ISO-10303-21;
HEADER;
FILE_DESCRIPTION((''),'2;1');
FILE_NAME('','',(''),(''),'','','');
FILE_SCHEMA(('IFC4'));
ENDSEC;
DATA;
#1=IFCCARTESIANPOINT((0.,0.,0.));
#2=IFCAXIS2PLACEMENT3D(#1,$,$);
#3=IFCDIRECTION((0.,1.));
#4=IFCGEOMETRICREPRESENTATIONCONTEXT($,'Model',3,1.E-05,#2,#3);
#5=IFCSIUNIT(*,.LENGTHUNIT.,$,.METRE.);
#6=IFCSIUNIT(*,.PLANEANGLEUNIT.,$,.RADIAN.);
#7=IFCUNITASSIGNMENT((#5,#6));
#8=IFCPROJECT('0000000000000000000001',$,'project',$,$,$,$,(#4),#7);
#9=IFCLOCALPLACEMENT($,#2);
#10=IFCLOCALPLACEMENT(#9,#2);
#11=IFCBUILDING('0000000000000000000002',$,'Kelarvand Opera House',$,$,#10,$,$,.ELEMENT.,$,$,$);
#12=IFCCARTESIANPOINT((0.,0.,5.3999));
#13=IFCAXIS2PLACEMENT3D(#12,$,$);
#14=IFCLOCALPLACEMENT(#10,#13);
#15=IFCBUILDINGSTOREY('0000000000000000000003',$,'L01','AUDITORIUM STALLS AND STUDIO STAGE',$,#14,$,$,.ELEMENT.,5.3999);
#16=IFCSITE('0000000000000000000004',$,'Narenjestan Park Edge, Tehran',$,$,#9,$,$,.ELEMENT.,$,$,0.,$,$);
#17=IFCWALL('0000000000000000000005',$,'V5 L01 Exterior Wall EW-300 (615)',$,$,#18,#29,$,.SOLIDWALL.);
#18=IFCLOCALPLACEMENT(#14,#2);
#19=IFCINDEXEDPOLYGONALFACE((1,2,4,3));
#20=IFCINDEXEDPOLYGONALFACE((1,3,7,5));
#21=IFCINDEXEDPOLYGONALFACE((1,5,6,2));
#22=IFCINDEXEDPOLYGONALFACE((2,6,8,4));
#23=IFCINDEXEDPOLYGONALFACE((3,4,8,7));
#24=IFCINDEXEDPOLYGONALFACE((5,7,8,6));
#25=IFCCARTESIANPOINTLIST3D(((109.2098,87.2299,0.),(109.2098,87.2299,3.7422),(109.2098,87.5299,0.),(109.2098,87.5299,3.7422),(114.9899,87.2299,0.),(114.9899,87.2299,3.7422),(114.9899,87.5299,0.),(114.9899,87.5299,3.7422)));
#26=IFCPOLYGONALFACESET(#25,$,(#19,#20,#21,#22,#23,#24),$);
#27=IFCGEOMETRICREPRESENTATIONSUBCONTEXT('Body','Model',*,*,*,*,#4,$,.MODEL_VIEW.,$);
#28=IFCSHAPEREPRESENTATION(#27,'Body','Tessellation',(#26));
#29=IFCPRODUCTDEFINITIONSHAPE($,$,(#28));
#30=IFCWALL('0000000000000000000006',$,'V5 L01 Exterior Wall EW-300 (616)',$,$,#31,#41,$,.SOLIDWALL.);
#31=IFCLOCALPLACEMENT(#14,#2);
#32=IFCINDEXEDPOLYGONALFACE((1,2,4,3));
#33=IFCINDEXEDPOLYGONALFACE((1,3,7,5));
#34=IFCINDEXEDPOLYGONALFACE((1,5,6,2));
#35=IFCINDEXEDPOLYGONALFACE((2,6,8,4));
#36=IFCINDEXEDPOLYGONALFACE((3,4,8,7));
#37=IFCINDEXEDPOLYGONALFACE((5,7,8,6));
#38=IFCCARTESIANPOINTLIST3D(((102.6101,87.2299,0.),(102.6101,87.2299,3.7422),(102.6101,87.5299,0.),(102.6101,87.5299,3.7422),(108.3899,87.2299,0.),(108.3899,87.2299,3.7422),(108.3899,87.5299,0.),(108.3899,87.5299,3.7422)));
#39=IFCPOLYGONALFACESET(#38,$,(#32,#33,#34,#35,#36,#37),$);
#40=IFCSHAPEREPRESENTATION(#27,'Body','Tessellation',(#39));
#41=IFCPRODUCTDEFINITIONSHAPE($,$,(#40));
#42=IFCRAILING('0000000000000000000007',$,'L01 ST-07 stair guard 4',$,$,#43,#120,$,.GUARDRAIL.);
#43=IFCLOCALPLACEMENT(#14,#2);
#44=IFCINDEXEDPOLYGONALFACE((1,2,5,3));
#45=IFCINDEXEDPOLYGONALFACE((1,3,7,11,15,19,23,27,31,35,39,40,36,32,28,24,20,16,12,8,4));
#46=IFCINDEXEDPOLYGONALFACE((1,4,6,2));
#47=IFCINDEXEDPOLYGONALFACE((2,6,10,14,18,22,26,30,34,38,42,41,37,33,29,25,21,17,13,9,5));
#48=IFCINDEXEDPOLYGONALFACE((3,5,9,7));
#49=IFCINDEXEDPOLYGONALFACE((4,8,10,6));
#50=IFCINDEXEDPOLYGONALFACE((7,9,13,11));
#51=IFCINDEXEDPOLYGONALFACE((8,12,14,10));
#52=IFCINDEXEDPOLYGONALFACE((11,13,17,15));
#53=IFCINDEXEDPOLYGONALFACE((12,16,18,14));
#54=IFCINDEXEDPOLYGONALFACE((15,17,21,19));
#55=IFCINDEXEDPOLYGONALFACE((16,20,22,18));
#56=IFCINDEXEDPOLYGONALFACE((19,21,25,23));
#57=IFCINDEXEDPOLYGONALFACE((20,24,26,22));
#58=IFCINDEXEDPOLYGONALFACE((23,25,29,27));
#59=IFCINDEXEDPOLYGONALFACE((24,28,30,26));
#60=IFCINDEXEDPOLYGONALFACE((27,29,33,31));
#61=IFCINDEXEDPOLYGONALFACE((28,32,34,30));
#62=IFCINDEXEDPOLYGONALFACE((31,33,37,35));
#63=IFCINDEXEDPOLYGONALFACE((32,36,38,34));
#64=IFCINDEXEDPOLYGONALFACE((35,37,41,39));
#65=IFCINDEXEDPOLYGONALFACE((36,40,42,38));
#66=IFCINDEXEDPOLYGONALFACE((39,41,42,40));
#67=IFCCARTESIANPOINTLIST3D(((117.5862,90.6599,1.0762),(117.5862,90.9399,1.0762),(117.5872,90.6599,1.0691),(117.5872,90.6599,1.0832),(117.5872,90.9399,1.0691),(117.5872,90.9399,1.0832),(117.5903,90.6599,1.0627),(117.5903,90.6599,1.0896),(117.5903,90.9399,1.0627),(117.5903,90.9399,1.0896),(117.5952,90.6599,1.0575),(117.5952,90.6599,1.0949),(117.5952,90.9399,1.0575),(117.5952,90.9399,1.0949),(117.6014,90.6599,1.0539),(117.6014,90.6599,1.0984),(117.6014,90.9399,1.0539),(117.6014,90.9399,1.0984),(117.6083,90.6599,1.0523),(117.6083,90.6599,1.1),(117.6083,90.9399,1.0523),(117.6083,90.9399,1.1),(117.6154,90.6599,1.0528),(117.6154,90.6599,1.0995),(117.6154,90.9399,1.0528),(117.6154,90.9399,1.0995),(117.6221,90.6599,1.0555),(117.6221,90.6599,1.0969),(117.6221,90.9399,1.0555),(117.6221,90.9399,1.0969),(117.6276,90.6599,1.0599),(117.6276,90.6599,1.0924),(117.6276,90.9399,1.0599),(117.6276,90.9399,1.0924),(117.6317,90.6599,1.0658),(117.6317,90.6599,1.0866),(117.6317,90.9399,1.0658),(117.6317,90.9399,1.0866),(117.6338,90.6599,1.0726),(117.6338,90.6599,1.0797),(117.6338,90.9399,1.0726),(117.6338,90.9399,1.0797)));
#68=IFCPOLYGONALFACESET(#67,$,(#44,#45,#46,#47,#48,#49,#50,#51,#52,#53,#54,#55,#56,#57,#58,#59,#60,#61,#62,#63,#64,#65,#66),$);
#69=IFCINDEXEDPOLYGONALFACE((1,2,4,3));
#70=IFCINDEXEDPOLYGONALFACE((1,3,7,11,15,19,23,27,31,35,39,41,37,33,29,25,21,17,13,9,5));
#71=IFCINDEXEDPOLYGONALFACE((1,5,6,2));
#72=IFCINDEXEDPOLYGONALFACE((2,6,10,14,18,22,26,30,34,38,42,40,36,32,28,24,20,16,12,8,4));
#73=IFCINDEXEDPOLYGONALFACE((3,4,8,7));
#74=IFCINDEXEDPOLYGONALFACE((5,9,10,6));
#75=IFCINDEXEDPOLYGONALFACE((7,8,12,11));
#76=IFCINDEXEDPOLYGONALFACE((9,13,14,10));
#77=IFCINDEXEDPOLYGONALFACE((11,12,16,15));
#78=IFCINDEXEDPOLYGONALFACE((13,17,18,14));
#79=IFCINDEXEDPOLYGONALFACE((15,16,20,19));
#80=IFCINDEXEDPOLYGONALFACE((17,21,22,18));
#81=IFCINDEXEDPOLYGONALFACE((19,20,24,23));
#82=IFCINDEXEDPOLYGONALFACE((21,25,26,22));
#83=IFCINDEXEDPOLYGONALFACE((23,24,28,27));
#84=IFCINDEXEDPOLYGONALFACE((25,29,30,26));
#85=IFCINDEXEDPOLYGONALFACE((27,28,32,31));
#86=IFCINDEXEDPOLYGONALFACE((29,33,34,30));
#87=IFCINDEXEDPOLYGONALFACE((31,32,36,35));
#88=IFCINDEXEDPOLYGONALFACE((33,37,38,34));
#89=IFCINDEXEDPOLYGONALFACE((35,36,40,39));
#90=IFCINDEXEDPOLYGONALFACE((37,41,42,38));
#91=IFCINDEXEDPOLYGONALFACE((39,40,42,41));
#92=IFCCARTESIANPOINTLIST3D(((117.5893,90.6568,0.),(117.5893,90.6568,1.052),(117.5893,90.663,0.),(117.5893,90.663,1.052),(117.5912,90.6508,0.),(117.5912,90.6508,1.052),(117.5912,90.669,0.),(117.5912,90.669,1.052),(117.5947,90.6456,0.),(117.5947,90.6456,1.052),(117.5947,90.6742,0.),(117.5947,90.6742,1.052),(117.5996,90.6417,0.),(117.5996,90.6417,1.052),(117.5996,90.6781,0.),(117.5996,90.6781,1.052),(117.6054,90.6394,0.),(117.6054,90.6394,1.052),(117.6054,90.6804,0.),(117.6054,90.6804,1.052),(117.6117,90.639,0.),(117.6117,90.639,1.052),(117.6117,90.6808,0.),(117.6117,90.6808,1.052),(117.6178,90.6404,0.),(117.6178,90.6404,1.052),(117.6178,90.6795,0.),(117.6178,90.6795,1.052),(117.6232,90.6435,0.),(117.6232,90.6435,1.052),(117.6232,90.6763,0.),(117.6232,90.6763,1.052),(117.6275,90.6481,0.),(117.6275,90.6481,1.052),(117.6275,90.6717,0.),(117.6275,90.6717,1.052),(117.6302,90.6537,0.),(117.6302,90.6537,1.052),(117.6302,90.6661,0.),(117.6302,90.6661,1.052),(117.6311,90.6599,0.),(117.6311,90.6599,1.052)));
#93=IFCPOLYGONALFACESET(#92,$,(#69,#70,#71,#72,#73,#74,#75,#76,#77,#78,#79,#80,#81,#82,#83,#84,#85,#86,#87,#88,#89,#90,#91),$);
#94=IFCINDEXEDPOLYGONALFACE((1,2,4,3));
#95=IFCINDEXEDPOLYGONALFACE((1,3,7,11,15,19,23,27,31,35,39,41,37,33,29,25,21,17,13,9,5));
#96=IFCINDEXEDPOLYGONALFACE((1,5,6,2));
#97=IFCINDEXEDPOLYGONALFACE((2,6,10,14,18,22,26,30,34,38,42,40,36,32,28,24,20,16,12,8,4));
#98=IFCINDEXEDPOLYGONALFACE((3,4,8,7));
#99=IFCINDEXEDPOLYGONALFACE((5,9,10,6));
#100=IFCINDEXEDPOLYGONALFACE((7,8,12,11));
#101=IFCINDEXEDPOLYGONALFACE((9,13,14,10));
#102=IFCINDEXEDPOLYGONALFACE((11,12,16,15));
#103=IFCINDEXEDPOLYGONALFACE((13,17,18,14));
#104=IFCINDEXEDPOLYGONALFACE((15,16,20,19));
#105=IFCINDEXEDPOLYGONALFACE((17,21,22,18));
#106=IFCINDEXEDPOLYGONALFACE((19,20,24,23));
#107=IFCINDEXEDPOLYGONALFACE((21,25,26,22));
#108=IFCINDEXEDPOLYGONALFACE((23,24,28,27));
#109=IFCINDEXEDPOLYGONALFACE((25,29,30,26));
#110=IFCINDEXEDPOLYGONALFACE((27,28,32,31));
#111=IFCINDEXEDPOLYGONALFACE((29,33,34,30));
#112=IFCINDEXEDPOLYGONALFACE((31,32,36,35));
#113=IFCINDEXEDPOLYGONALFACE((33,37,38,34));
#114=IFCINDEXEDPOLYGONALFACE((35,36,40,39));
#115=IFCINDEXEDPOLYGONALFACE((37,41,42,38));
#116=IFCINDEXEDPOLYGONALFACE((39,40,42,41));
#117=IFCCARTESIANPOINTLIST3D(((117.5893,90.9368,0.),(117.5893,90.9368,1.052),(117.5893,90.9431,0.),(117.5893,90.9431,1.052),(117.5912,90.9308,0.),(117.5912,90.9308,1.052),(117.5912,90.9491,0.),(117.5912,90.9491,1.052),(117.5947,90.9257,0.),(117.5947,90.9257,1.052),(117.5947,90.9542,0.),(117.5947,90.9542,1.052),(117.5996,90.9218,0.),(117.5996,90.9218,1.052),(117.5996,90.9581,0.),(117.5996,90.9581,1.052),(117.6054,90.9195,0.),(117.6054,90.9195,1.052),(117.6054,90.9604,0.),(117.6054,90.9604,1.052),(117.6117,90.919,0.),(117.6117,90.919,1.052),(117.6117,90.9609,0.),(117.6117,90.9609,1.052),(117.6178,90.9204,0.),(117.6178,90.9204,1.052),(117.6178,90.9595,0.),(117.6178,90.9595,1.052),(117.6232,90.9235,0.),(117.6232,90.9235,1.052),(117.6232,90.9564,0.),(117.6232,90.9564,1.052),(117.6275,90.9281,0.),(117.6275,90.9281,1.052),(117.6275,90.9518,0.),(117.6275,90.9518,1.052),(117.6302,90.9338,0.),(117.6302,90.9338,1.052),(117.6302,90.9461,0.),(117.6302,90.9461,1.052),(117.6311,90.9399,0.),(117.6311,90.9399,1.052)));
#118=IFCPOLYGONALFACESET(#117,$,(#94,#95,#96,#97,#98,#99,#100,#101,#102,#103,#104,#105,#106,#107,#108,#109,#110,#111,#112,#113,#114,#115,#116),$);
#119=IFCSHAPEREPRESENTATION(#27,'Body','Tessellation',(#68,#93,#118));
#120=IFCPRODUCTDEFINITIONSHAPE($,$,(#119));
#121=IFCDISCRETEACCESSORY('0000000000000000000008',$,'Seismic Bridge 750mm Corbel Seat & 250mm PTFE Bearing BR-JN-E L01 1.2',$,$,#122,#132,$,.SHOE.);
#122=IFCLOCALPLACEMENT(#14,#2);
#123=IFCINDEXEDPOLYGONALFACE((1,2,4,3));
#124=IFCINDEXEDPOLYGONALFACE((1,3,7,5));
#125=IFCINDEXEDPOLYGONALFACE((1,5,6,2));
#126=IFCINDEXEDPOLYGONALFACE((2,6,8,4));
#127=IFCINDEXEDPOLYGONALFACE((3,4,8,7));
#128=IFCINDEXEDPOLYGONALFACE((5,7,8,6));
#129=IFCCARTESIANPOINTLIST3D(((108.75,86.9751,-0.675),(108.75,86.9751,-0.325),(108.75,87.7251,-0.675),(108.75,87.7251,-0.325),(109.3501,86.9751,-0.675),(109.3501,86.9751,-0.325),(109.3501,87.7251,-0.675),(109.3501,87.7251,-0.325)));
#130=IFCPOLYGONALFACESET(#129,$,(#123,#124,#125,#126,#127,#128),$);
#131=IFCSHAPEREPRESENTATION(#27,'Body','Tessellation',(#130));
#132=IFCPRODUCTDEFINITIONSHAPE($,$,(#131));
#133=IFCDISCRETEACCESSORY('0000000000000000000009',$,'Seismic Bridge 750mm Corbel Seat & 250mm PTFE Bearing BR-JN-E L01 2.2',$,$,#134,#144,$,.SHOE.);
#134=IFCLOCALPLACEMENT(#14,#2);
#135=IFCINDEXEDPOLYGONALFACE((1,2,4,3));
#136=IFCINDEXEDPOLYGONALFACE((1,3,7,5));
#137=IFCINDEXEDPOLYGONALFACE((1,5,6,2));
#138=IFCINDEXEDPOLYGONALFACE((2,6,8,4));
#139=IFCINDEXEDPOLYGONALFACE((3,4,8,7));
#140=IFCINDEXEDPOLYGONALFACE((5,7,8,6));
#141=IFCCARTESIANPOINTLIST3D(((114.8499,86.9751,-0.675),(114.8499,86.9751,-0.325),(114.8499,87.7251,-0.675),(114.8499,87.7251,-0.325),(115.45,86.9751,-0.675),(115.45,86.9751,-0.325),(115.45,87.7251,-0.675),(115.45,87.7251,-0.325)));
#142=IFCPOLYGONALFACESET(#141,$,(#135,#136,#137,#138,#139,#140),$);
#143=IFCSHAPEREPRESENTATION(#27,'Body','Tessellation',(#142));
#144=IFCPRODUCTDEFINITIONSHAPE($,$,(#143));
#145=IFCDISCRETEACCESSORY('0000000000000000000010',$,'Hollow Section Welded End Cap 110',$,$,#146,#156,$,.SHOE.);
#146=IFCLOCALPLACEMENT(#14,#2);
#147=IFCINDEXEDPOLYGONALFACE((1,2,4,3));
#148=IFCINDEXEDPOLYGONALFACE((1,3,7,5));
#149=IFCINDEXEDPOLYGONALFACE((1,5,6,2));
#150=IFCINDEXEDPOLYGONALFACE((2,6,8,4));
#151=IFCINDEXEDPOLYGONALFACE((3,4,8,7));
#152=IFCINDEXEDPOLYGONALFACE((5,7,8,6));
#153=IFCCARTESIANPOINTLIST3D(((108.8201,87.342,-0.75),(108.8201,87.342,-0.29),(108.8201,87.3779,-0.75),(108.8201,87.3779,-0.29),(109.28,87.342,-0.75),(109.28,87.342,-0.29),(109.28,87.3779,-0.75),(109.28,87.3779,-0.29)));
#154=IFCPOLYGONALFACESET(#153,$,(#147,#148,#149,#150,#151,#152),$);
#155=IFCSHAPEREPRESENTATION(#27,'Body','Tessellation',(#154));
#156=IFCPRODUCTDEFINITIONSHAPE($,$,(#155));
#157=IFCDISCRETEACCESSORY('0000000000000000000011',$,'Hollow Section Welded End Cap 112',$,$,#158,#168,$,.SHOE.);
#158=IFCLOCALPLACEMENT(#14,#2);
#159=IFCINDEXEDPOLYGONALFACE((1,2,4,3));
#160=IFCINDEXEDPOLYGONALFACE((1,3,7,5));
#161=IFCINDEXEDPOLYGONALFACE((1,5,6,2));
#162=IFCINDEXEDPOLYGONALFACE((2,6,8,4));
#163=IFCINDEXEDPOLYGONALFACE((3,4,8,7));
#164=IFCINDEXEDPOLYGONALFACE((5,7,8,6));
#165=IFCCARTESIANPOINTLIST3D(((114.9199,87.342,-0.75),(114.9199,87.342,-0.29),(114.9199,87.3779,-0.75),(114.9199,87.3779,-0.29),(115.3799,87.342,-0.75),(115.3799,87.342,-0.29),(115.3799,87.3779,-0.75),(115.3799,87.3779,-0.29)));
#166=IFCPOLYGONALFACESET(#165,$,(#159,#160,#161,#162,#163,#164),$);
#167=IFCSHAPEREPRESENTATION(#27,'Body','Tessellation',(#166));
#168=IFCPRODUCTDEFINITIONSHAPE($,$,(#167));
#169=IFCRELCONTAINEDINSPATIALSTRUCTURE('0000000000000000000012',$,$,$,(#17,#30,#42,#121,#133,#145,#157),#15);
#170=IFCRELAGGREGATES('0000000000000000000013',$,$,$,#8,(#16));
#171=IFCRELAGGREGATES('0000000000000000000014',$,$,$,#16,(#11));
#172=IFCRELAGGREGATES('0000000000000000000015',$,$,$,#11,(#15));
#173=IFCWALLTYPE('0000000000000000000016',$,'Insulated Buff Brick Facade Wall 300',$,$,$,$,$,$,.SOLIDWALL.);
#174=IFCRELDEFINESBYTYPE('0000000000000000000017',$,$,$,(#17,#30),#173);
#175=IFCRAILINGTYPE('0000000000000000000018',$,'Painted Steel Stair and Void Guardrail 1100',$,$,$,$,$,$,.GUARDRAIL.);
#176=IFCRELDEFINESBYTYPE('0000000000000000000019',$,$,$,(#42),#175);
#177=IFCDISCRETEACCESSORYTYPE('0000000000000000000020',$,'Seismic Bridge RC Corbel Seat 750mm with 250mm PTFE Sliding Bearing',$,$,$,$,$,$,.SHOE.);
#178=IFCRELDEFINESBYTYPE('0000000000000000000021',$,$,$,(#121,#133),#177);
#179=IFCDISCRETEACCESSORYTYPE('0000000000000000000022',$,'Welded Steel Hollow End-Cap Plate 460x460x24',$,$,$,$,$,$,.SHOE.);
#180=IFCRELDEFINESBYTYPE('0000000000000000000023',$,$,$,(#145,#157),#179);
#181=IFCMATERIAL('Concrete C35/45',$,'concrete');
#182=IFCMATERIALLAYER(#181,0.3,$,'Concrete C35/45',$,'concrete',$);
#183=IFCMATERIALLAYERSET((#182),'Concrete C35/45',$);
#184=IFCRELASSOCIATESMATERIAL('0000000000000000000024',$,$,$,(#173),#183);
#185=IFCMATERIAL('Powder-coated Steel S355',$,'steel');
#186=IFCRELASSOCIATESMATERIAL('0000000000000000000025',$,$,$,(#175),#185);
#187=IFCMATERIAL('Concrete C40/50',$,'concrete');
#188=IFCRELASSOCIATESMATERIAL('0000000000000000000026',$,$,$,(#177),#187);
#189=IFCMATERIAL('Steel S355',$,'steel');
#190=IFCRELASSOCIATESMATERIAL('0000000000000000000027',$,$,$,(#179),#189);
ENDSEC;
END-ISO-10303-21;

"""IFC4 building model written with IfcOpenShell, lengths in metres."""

from ifc_helpers import new_model, si_unit, direction, frame, frame_2d, origin, origin_2d, place, context, subcontext, project, spatial, rectangle, circle, extrude, material, layer, layer_set, material_profile, profile_set, type_object, element, save


model = new_model("IFC4")

# Units and contexts
model_context = context("Model", 3, precision=1e-05, world=origin(), true_north=direction((0.0, 1.0)))
body_context = subcontext(model_context, "Body", "Model", "MODEL_VIEW")
ifc_project = project(units=[si_unit("LENGTHUNIT", "METRE"), si_unit("PLANEANGLEUNIT", "RADIAN")], contexts=[model_context])

# Site, building, storey
site_placement = place(None, origin())
site = spatial("IfcSite", under=ifc_project, at=site_placement, Name="Narenjestan Park Edge, Tehran", CompositionType="ELEMENT", RefElevation=0.0)
building_placement = place(site_placement, origin())
building = spatial("IfcBuilding", under=site, at=building_placement, Name="Kelarvand Opera House", CompositionType="ELEMENT")
storey_placement = place(building_placement, frame((0.0, 0.0, 5.3999)))
storey = spatial("IfcBuildingStorey", under=building, at=storey_placement, Name="L01", Description="AUDITORIUM STALLS AND STUDIO STAGE", CompositionType="ELEMENT", Elevation=5.3999)

# Shared definitions
ifc_material_1 = material(Name="Concrete C40/50", Category="concrete")

# Shared definitions
ifc_material_2 = material(Name="Concrete C35/45", Category="concrete")
ifc_material_3 = material(Name="Steel S355", Category="steel")

# Walls
ifc_layer_1 = layer(ifc_material_2, 0.3, Name="Concrete C35/45", Category="concrete")
ifc_layer_set_1 = layer_set([ifc_layer_1], Name="Concrete C35/45")
wall_type_1 = type_object("IfcWallType", Name="Insulated Buff Brick Facade Wall 300", PredefinedType="SOLIDWALL", material=ifc_layer_set_1)
wall_1_placement = place(storey_placement, frame((114.99, 87.3799, 0.0), z_axis=(0.0, 0.0, 1.0), x_axis=(-1.0, 0.0, 0.0)))
element("IfcWall", 1, at=wall_1_placement, inside=storey, type_object=wall_type_1, Name="V5 L01 Exterior Wall EW-300 (615)", PredefinedType="SOLIDWALL", context=body_context, shape_type="SweptSolid", body=[
    extrude(rectangle(XDim=5.78, YDim=0.3, at=frame_2d((2.8901, 0.0))), origin(), (0.0, 0.0, 1.0), 3.7422),
])
wall_2_placement = place(storey_placement, frame((108.3899, 87.3799, 0.0), z_axis=(0.0, 0.0, 1.0), x_axis=(-1.0, 0.0, 0.0)))
element("IfcWall", 2, at=wall_2_placement, inside=storey, type_object=wall_type_1, Name="V5 L01 Exterior Wall EW-300 (616)", PredefinedType="SOLIDWALL", context=body_context, shape_type="SweptSolid", body=[
    extrude(rectangle(XDim=5.7798, YDim=0.3, at=frame_2d((2.8899, 0.0))), origin(), (0.0, 0.0, 1.0), 3.7422),
])

# Railing
ifc_material_4 = material(Name="Powder-coated Steel S355", Category="steel")
railing_type = type_object("IfcRailingType", Name="Painted Steel Stair and Void Guardrail 1100", PredefinedType="GUARDRAIL", material=ifc_material_4)
railing_placement = place(storey_placement, frame((117.6101, 90.6599, 0.0)))
element("IfcRailing", 3, at=railing_placement, inside=storey, type_object=railing_type, Name="L01 ST-07 stair guard 4", PredefinedType="GUARDRAIL", context=body_context, shape_type="SweptSolid", body=[
    extrude(circle(Radius=0.0239, at=origin_2d()), frame((0.0, 0.0, 1.0762), z_axis=(0.0, 1.0, 0.0), x_axis=(-1.0, 0.0, 0.0)), (0.0, 0.0, 1.0), 0.28),
    extrude(circle(Radius=0.021, at=origin_2d()), origin(), (0.0, 0.0, 1.0), 1.052),
    extrude(circle(Radius=0.021, at=origin_2d()), frame((0.0, 0.28, 0.0)), (0.0, 0.0, 1.0), 1.052),
])

# Discrete accessories
discrete_accessory_type_1 = type_object("IfcDiscreteAccessoryType", Name="Seismic Bridge RC Corbel Seat 750mm with 250mm PTFE Sliding Bearing", PredefinedType="SHOE", material=ifc_material_1)
for number, where, z_axis, x_axis, name in (
    (4, (109.05, 87.3501, -0.675), (0.0, 0.0, 1.0), (0.0, 1.0, 0.0), "Seismic Bridge 750mm Corbel Seat & 250mm PTFE Bearing BR-JN-E L01 1.2"),
    (5, (115.1499, 87.3501, -0.675), (0.0, 0.0, 1.0), (0.0, 1.0, 0.0), "Seismic Bridge 750mm Corbel Seat & 250mm PTFE Bearing BR-JN-E L01 2.2"),
):
    element("IfcDiscreteAccessory", number, at=place(storey_placement, frame(where, z_axis=z_axis, x_axis=x_axis)), inside=storey, type_object=discrete_accessory_type_1, Name=name, PredefinedType="SHOE", context=body_context, shape_type="SweptSolid", body=[
        extrude(rectangle(XDim=0.75, YDim=0.6001, at=origin_2d()), origin(), (0.0, 0.0, 1.0), 0.3501),
    ])
ifc_material_profile_1 = material_profile(ifc_material_3, rectangle(XDim=0.46, YDim=0.46, at=origin_2d()), Name="Welded Steel Hollow End-Cap Plate 460x460x24", Category="steel")
ifc_profile_set_1 = profile_set([ifc_material_profile_1], Name="Steel S355")
discrete_accessory_type_2 = type_object("IfcDiscreteAccessoryType", Name="Welded Steel Hollow End-Cap Plate 460x460x24", PredefinedType="SHOE", material=ifc_profile_set_1)
for number, where, z_axis, x_axis, name in (
    (6, (109.05, 87.342, -0.52), (0.0, 1.0, 0.0), (-1.0, 0.0, 0.0), "Hollow Section Welded End Cap 110"),
    (7, (115.1499, 87.342, -0.52), (0.0, 1.0, 0.0), (-1.0, 0.0, 0.0), "Hollow Section Welded End Cap 112"),
):
    element("IfcDiscreteAccessory", number, at=place(storey_placement, frame(where, z_axis=z_axis, x_axis=x_axis)), inside=storey, type_object=discrete_accessory_type_2, Name=name, PredefinedType="SHOE", context=body_context, shape_type="SweptSolid", body=[
        extrude(rectangle(XDim=0.46, YDim=0.46, at=origin_2d()), origin(), (0.0, 0.0, 1.0), 0.0359),
    ])

save(model, "model.ifc")
